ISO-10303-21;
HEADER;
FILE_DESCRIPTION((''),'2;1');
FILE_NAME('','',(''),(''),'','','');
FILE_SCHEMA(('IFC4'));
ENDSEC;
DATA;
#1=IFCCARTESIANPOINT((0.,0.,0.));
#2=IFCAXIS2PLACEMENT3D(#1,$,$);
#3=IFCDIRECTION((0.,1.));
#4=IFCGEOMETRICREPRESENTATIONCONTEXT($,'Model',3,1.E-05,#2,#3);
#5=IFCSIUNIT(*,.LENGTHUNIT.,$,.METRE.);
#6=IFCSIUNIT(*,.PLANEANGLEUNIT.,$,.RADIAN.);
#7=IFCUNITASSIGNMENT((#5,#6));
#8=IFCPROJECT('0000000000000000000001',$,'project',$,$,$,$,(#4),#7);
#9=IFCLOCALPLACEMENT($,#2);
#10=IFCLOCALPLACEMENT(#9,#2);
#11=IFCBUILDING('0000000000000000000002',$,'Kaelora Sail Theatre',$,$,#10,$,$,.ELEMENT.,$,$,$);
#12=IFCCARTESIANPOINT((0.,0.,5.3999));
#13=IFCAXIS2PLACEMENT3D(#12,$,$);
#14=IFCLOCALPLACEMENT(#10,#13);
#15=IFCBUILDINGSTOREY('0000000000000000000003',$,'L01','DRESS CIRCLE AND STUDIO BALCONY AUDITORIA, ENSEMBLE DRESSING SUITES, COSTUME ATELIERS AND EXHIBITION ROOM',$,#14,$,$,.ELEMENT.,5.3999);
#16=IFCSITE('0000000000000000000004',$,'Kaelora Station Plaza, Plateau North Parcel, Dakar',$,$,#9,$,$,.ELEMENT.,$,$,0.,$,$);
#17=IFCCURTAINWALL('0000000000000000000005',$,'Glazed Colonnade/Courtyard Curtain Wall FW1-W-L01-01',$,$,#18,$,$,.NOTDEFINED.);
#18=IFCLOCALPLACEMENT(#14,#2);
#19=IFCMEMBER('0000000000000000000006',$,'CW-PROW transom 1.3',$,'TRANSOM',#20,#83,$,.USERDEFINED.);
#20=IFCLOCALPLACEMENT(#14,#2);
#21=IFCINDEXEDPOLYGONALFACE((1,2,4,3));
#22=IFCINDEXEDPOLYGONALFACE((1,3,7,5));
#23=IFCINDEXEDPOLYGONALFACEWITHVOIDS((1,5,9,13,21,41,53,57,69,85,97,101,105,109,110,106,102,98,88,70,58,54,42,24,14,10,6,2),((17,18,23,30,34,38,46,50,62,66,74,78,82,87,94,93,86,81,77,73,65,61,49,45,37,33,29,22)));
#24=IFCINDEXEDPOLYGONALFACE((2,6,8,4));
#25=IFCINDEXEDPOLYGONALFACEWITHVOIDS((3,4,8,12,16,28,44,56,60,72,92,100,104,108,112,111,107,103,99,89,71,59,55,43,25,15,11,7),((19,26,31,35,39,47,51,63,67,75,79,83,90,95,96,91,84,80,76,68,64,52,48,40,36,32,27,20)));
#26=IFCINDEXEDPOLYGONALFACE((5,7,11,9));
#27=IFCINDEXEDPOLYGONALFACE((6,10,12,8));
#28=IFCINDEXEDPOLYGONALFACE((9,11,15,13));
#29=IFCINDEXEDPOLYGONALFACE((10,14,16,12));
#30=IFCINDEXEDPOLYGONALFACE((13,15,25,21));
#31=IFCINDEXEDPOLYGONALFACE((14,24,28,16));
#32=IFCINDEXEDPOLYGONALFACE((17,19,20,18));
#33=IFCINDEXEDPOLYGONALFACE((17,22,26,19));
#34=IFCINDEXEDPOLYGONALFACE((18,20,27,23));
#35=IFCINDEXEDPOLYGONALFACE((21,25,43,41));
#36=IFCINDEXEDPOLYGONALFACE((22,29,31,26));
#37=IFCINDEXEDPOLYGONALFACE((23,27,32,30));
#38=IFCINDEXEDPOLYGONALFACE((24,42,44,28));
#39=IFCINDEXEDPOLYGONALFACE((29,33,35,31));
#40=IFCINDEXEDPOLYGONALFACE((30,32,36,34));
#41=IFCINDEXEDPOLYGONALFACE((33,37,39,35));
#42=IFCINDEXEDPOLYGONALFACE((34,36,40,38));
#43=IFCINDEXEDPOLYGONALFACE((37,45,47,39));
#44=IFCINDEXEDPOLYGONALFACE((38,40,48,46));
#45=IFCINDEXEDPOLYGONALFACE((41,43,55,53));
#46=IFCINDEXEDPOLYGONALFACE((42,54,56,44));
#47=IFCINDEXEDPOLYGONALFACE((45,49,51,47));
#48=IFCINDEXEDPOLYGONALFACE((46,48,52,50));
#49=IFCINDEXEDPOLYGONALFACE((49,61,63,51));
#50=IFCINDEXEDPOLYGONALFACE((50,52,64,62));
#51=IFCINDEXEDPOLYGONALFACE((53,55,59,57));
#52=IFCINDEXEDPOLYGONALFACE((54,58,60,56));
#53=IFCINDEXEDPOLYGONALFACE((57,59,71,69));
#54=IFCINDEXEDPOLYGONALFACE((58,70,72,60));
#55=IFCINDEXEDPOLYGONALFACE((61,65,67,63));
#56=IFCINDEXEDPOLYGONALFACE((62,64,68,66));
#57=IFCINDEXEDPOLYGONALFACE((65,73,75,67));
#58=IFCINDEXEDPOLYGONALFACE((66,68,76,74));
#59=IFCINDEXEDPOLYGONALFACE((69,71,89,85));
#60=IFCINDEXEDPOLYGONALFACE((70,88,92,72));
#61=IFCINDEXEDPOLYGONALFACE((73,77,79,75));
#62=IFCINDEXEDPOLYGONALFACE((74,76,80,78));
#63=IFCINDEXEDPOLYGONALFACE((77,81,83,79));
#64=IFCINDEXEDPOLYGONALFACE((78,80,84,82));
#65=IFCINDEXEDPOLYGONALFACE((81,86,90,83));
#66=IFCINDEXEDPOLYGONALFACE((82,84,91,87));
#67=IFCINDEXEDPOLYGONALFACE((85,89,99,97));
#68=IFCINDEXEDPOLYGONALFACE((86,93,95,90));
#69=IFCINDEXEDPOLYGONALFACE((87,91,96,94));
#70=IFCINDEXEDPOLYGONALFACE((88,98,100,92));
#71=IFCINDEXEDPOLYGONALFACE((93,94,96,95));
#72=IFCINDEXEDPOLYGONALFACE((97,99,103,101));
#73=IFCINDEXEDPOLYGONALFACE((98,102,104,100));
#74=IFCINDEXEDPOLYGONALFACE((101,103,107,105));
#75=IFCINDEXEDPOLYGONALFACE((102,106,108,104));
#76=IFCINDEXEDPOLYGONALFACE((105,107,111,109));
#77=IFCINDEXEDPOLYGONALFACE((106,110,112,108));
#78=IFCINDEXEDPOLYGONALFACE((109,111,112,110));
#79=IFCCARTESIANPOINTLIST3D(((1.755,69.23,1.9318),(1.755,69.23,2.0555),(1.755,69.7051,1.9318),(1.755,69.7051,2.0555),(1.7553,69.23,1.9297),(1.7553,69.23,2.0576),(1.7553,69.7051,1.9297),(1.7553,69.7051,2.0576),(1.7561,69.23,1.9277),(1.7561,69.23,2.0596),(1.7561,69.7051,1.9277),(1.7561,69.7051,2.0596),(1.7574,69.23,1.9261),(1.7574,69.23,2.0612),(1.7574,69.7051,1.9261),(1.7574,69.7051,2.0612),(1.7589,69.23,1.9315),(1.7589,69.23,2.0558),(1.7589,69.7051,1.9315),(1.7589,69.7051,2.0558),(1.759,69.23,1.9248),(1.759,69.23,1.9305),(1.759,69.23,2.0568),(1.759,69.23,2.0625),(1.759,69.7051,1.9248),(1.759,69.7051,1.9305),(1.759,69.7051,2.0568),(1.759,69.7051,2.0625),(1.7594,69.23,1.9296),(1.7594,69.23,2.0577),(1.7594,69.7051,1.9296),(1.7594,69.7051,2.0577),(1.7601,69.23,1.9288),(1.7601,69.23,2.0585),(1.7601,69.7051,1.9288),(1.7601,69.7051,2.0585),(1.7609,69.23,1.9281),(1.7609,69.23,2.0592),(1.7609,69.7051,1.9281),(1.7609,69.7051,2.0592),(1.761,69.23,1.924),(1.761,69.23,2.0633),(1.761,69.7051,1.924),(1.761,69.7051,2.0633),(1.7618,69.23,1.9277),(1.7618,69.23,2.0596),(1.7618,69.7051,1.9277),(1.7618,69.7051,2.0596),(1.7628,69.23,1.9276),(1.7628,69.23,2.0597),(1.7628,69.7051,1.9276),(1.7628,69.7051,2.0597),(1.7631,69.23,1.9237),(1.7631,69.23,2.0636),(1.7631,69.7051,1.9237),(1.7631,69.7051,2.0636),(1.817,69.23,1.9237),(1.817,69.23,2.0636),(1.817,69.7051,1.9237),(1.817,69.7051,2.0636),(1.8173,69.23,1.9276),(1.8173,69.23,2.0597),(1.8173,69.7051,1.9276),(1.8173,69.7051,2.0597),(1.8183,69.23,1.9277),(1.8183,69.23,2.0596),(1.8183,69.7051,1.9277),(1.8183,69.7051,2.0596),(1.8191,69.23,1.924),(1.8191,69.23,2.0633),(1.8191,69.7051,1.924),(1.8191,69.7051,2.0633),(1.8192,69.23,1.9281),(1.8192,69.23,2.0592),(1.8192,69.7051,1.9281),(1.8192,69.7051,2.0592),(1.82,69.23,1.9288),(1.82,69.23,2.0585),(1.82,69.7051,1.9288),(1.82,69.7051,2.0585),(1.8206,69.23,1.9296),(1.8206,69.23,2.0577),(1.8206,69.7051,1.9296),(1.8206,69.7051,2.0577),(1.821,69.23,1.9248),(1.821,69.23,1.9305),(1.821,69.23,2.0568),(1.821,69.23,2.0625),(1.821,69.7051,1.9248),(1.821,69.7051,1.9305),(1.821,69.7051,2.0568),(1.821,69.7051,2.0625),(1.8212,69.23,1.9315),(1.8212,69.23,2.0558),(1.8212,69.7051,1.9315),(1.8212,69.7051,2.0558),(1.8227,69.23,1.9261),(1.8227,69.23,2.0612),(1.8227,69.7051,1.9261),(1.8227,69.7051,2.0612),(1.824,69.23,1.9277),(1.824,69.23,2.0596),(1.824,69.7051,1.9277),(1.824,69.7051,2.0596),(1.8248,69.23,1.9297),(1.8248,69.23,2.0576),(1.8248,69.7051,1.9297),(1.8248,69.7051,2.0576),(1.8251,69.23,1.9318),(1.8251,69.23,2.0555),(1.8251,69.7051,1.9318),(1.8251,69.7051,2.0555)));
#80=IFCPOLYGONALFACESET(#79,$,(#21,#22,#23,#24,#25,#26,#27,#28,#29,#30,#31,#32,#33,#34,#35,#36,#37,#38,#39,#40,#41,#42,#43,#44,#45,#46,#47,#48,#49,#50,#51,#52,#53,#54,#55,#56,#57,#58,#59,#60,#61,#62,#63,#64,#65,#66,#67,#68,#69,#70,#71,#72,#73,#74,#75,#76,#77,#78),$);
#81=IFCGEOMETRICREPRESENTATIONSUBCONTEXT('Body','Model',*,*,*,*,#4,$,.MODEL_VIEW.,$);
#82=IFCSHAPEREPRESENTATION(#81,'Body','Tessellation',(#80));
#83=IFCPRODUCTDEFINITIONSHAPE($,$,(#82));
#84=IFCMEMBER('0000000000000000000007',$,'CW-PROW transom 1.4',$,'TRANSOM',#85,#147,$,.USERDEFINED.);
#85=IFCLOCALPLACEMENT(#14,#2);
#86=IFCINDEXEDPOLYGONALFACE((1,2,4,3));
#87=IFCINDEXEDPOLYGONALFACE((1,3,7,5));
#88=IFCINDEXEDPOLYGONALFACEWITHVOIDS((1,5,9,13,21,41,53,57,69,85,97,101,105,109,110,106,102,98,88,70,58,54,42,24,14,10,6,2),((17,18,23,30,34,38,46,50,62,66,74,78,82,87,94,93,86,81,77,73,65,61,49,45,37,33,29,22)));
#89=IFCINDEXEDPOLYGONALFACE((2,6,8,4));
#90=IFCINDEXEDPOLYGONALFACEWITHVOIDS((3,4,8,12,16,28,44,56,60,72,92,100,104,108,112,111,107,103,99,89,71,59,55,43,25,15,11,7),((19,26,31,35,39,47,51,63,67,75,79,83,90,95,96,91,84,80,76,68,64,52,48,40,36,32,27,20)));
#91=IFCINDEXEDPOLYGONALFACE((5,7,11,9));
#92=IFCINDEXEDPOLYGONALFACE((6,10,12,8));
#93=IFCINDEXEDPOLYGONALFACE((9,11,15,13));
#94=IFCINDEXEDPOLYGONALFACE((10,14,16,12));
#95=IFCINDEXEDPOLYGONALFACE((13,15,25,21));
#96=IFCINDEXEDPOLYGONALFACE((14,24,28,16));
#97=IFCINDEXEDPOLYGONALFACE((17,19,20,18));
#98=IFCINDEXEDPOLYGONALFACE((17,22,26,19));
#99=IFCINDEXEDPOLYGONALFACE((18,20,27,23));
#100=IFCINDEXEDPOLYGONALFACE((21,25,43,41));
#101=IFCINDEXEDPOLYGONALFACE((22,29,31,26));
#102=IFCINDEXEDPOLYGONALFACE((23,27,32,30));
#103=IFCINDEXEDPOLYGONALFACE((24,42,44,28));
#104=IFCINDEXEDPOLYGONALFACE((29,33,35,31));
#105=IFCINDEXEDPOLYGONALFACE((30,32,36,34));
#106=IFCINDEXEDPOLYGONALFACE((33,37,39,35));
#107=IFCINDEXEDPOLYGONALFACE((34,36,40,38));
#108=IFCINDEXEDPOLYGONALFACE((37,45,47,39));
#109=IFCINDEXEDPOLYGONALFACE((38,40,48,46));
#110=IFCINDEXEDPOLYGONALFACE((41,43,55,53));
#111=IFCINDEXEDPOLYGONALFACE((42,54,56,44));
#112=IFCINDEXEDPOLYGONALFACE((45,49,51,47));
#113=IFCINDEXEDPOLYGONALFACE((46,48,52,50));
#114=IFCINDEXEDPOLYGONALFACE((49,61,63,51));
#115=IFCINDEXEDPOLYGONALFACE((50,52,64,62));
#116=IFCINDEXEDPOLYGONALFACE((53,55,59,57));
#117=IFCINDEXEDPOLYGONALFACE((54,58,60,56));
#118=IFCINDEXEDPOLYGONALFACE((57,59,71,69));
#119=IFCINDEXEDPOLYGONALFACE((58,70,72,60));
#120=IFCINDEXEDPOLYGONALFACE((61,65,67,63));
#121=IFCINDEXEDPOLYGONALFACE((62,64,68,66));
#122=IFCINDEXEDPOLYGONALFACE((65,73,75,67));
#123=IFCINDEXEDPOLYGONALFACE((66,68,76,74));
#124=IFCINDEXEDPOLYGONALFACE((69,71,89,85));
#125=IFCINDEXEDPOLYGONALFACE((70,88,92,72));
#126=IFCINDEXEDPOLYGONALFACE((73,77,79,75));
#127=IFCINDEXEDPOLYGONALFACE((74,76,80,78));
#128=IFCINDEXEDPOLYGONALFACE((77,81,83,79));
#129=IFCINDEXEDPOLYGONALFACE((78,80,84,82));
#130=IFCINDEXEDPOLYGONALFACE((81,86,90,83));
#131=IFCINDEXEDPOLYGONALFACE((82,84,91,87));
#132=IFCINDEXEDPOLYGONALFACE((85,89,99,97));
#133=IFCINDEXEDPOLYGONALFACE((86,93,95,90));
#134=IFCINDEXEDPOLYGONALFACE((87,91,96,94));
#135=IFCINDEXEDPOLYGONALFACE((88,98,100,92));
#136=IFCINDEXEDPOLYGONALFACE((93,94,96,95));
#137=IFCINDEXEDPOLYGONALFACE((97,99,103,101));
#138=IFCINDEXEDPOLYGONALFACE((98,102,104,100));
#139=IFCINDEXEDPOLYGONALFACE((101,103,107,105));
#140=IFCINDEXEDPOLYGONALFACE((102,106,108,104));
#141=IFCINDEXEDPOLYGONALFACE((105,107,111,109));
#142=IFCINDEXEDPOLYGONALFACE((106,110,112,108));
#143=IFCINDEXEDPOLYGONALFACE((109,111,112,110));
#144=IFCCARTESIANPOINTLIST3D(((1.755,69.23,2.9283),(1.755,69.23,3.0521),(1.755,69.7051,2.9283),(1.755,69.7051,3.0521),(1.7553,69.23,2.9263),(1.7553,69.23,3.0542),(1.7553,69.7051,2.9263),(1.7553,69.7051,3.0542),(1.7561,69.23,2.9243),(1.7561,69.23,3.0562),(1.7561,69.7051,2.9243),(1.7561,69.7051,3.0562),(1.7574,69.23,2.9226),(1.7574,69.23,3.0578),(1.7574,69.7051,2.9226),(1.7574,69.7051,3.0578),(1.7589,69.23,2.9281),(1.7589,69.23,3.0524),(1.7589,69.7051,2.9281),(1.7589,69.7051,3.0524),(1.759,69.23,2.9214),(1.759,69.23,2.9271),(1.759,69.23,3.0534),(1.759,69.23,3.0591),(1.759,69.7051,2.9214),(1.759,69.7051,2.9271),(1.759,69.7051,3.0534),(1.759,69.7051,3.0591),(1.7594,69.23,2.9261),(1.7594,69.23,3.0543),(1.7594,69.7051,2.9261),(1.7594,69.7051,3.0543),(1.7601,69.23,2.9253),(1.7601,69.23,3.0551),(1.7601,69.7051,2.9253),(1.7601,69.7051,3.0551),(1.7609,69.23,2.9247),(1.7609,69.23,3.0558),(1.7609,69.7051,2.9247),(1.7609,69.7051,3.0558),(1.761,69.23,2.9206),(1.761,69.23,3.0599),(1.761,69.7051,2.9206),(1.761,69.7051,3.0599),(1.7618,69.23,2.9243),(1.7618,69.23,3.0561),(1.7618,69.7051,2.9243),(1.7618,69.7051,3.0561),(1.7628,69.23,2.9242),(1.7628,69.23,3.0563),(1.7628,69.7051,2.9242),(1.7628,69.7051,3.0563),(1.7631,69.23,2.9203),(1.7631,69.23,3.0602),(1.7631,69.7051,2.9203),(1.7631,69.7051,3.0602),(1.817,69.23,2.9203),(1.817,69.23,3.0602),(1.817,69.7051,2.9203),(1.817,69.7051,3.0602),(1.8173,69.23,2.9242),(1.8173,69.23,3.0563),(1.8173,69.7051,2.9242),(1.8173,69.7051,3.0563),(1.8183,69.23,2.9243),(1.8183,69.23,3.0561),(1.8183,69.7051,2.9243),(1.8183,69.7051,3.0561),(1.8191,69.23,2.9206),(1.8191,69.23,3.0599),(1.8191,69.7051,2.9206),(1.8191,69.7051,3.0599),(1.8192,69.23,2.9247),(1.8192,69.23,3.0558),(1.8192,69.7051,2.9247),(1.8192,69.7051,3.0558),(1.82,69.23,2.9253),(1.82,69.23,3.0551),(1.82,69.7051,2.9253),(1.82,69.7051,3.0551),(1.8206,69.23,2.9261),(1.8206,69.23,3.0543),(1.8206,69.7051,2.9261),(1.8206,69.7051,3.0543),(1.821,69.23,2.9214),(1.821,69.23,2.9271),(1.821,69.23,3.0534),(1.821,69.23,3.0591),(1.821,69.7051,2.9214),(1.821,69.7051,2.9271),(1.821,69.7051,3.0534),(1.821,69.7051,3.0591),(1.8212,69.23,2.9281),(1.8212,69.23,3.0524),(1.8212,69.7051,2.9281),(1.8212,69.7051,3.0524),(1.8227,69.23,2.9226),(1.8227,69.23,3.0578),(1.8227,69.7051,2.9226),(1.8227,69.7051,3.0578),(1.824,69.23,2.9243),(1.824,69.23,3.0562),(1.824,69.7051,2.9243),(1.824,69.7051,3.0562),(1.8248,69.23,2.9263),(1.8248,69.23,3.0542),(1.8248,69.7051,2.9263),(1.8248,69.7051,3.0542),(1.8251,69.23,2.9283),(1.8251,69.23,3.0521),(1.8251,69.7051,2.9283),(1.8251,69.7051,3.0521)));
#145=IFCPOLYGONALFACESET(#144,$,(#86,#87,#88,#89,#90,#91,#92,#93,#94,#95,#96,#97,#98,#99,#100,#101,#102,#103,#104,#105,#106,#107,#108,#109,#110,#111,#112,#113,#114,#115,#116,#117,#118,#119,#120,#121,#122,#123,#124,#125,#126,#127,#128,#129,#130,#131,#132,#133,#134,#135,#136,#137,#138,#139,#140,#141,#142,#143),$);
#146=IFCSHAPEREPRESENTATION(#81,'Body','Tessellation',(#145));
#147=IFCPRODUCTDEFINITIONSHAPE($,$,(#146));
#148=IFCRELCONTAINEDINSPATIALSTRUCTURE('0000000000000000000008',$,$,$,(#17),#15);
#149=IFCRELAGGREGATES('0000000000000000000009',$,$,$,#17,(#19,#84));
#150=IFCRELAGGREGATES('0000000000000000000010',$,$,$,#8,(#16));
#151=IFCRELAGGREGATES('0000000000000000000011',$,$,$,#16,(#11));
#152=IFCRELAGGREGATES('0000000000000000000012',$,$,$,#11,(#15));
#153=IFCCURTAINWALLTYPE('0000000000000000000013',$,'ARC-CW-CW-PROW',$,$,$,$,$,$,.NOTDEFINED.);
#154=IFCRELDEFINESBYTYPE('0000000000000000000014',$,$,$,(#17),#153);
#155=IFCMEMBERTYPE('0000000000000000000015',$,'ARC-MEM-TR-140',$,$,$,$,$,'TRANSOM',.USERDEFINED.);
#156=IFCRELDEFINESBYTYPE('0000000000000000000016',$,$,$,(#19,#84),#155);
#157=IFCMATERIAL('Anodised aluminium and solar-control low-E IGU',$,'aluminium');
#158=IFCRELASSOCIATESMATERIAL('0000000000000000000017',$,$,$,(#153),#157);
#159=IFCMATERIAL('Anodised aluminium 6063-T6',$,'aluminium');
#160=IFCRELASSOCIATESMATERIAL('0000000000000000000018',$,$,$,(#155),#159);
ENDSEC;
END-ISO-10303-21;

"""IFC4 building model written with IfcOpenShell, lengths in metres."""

from ifc_helpers import new_model, si_unit, direction, frame, origin, origin_2d, place, context, subcontext, project, spatial, hollow_rectangle, extrude, material, material_profile, profile_set, type_object, element, aggregate, save


model = new_model("IFC4")

# Units and contexts
model_context = context("Model", 3, precision=1e-05, world=origin(), true_north=direction((0.0, 1.0)))
body_context = subcontext(model_context, "Body", "Model", "MODEL_VIEW")
ifc_project = project(units=[si_unit("LENGTHUNIT", "METRE"), si_unit("PLANEANGLEUNIT", "RADIAN")], contexts=[model_context])

# Site, building, storey
site_placement = place(None, origin())
site = spatial("IfcSite", under=ifc_project, at=site_placement, Name="Kaelora Station Plaza, Plateau North Parcel, Dakar", CompositionType="ELEMENT", RefElevation=0.0)
building_placement = place(site_placement, origin())
building = spatial("IfcBuilding", under=site, at=building_placement, Name="Kaelora Sail Theatre", CompositionType="ELEMENT")
storey_placement = place(building_placement, frame((0.0, 0.0, 5.3999)))
storey = spatial("IfcBuildingStorey", under=building, at=storey_placement, Name="L01", Description="DRESS CIRCLE AND STUDIO BALCONY AUDITORIA, ENSEMBLE DRESSING SUITES, COSTUME ATELIERS AND EXHIBITION ROOM", CompositionType="ELEMENT", Elevation=5.3999)

# Curtain wall, members
ifc_material_1 = material(Name="Anodised aluminium and solar-control low-E IGU", Category="aluminium")
curtain_wall_type = type_object("IfcCurtainWallType", Name="ARC-CW-CW-PROW", PredefinedType="NOTDEFINED", material=ifc_material_1)
curtain_wall_1_placement = place(storey_placement, origin())
curtain_wall_1 = element("IfcCurtainWall", 1, at=curtain_wall_1_placement, inside=storey, type_object=curtain_wall_type, Name="Glazed Colonnade/Courtyard Curtain Wall FW1-W-L01-01", PredefinedType="NOTDEFINED")
ifc_material_2 = material(Name="Anodised aluminium 6063-T6", Category="aluminium")
ifc_material_profile = material_profile(ifc_material_2, hollow_rectangle(XDim=0.0701, YDim=0.1399, WallThickness=0.0039, InnerFilletRadius=0.0039, OuterFilletRadius=0.0081, at=origin_2d()), Name="ALU-TRAN 70x140x4")
ifc_profile_set = profile_set([ifc_material_profile], Name="Anodised aluminium 6063-T6")
member_type = type_object("IfcMemberType", Name="ARC-MEM-TR-140", ElementType="TRANSOM", PredefinedType="USERDEFINED", material=ifc_profile_set)
member_1_placement = place(storey_placement, frame((1.79, 69.23, 1.9937), z_axis=(0.0, 1.0, 0.0), x_axis=(-1.0, 0.0, 0.0)))
member_1 = element("IfcMember", 2, at=member_1_placement, type_object=member_type, Name="CW-PROW transom 1.3", ObjectType="TRANSOM", PredefinedType="USERDEFINED", context=body_context, shape_type="SweptSolid", body=[
    extrude(hollow_rectangle(XDim=0.0701, YDim=0.1399, WallThickness=0.0039, InnerFilletRadius=0.0039, OuterFilletRadius=0.0081, at=origin_2d()), origin(), (0.0, 0.0, 1.0), 0.4751),
])
member_2_placement = place(storey_placement, frame((1.79, 69.23, 2.9902), z_axis=(0.0, 1.0, 0.0), x_axis=(-1.0, 0.0, 0.0)))
member_2 = element("IfcMember", 3, at=member_2_placement, type_object=member_type, Name="CW-PROW transom 1.4", ObjectType="TRANSOM", PredefinedType="USERDEFINED", context=body_context, shape_type="SweptSolid", body=[
    extrude(hollow_rectangle(XDim=0.0701, YDim=0.1399, WallThickness=0.0039, InnerFilletRadius=0.0039, OuterFilletRadius=0.0081, at=origin_2d()), origin(), (0.0, 0.0, 1.0), 0.4751),
])

aggregate(curtain_wall_1, [member_1, member_2])

save(model, "model.ifc")
